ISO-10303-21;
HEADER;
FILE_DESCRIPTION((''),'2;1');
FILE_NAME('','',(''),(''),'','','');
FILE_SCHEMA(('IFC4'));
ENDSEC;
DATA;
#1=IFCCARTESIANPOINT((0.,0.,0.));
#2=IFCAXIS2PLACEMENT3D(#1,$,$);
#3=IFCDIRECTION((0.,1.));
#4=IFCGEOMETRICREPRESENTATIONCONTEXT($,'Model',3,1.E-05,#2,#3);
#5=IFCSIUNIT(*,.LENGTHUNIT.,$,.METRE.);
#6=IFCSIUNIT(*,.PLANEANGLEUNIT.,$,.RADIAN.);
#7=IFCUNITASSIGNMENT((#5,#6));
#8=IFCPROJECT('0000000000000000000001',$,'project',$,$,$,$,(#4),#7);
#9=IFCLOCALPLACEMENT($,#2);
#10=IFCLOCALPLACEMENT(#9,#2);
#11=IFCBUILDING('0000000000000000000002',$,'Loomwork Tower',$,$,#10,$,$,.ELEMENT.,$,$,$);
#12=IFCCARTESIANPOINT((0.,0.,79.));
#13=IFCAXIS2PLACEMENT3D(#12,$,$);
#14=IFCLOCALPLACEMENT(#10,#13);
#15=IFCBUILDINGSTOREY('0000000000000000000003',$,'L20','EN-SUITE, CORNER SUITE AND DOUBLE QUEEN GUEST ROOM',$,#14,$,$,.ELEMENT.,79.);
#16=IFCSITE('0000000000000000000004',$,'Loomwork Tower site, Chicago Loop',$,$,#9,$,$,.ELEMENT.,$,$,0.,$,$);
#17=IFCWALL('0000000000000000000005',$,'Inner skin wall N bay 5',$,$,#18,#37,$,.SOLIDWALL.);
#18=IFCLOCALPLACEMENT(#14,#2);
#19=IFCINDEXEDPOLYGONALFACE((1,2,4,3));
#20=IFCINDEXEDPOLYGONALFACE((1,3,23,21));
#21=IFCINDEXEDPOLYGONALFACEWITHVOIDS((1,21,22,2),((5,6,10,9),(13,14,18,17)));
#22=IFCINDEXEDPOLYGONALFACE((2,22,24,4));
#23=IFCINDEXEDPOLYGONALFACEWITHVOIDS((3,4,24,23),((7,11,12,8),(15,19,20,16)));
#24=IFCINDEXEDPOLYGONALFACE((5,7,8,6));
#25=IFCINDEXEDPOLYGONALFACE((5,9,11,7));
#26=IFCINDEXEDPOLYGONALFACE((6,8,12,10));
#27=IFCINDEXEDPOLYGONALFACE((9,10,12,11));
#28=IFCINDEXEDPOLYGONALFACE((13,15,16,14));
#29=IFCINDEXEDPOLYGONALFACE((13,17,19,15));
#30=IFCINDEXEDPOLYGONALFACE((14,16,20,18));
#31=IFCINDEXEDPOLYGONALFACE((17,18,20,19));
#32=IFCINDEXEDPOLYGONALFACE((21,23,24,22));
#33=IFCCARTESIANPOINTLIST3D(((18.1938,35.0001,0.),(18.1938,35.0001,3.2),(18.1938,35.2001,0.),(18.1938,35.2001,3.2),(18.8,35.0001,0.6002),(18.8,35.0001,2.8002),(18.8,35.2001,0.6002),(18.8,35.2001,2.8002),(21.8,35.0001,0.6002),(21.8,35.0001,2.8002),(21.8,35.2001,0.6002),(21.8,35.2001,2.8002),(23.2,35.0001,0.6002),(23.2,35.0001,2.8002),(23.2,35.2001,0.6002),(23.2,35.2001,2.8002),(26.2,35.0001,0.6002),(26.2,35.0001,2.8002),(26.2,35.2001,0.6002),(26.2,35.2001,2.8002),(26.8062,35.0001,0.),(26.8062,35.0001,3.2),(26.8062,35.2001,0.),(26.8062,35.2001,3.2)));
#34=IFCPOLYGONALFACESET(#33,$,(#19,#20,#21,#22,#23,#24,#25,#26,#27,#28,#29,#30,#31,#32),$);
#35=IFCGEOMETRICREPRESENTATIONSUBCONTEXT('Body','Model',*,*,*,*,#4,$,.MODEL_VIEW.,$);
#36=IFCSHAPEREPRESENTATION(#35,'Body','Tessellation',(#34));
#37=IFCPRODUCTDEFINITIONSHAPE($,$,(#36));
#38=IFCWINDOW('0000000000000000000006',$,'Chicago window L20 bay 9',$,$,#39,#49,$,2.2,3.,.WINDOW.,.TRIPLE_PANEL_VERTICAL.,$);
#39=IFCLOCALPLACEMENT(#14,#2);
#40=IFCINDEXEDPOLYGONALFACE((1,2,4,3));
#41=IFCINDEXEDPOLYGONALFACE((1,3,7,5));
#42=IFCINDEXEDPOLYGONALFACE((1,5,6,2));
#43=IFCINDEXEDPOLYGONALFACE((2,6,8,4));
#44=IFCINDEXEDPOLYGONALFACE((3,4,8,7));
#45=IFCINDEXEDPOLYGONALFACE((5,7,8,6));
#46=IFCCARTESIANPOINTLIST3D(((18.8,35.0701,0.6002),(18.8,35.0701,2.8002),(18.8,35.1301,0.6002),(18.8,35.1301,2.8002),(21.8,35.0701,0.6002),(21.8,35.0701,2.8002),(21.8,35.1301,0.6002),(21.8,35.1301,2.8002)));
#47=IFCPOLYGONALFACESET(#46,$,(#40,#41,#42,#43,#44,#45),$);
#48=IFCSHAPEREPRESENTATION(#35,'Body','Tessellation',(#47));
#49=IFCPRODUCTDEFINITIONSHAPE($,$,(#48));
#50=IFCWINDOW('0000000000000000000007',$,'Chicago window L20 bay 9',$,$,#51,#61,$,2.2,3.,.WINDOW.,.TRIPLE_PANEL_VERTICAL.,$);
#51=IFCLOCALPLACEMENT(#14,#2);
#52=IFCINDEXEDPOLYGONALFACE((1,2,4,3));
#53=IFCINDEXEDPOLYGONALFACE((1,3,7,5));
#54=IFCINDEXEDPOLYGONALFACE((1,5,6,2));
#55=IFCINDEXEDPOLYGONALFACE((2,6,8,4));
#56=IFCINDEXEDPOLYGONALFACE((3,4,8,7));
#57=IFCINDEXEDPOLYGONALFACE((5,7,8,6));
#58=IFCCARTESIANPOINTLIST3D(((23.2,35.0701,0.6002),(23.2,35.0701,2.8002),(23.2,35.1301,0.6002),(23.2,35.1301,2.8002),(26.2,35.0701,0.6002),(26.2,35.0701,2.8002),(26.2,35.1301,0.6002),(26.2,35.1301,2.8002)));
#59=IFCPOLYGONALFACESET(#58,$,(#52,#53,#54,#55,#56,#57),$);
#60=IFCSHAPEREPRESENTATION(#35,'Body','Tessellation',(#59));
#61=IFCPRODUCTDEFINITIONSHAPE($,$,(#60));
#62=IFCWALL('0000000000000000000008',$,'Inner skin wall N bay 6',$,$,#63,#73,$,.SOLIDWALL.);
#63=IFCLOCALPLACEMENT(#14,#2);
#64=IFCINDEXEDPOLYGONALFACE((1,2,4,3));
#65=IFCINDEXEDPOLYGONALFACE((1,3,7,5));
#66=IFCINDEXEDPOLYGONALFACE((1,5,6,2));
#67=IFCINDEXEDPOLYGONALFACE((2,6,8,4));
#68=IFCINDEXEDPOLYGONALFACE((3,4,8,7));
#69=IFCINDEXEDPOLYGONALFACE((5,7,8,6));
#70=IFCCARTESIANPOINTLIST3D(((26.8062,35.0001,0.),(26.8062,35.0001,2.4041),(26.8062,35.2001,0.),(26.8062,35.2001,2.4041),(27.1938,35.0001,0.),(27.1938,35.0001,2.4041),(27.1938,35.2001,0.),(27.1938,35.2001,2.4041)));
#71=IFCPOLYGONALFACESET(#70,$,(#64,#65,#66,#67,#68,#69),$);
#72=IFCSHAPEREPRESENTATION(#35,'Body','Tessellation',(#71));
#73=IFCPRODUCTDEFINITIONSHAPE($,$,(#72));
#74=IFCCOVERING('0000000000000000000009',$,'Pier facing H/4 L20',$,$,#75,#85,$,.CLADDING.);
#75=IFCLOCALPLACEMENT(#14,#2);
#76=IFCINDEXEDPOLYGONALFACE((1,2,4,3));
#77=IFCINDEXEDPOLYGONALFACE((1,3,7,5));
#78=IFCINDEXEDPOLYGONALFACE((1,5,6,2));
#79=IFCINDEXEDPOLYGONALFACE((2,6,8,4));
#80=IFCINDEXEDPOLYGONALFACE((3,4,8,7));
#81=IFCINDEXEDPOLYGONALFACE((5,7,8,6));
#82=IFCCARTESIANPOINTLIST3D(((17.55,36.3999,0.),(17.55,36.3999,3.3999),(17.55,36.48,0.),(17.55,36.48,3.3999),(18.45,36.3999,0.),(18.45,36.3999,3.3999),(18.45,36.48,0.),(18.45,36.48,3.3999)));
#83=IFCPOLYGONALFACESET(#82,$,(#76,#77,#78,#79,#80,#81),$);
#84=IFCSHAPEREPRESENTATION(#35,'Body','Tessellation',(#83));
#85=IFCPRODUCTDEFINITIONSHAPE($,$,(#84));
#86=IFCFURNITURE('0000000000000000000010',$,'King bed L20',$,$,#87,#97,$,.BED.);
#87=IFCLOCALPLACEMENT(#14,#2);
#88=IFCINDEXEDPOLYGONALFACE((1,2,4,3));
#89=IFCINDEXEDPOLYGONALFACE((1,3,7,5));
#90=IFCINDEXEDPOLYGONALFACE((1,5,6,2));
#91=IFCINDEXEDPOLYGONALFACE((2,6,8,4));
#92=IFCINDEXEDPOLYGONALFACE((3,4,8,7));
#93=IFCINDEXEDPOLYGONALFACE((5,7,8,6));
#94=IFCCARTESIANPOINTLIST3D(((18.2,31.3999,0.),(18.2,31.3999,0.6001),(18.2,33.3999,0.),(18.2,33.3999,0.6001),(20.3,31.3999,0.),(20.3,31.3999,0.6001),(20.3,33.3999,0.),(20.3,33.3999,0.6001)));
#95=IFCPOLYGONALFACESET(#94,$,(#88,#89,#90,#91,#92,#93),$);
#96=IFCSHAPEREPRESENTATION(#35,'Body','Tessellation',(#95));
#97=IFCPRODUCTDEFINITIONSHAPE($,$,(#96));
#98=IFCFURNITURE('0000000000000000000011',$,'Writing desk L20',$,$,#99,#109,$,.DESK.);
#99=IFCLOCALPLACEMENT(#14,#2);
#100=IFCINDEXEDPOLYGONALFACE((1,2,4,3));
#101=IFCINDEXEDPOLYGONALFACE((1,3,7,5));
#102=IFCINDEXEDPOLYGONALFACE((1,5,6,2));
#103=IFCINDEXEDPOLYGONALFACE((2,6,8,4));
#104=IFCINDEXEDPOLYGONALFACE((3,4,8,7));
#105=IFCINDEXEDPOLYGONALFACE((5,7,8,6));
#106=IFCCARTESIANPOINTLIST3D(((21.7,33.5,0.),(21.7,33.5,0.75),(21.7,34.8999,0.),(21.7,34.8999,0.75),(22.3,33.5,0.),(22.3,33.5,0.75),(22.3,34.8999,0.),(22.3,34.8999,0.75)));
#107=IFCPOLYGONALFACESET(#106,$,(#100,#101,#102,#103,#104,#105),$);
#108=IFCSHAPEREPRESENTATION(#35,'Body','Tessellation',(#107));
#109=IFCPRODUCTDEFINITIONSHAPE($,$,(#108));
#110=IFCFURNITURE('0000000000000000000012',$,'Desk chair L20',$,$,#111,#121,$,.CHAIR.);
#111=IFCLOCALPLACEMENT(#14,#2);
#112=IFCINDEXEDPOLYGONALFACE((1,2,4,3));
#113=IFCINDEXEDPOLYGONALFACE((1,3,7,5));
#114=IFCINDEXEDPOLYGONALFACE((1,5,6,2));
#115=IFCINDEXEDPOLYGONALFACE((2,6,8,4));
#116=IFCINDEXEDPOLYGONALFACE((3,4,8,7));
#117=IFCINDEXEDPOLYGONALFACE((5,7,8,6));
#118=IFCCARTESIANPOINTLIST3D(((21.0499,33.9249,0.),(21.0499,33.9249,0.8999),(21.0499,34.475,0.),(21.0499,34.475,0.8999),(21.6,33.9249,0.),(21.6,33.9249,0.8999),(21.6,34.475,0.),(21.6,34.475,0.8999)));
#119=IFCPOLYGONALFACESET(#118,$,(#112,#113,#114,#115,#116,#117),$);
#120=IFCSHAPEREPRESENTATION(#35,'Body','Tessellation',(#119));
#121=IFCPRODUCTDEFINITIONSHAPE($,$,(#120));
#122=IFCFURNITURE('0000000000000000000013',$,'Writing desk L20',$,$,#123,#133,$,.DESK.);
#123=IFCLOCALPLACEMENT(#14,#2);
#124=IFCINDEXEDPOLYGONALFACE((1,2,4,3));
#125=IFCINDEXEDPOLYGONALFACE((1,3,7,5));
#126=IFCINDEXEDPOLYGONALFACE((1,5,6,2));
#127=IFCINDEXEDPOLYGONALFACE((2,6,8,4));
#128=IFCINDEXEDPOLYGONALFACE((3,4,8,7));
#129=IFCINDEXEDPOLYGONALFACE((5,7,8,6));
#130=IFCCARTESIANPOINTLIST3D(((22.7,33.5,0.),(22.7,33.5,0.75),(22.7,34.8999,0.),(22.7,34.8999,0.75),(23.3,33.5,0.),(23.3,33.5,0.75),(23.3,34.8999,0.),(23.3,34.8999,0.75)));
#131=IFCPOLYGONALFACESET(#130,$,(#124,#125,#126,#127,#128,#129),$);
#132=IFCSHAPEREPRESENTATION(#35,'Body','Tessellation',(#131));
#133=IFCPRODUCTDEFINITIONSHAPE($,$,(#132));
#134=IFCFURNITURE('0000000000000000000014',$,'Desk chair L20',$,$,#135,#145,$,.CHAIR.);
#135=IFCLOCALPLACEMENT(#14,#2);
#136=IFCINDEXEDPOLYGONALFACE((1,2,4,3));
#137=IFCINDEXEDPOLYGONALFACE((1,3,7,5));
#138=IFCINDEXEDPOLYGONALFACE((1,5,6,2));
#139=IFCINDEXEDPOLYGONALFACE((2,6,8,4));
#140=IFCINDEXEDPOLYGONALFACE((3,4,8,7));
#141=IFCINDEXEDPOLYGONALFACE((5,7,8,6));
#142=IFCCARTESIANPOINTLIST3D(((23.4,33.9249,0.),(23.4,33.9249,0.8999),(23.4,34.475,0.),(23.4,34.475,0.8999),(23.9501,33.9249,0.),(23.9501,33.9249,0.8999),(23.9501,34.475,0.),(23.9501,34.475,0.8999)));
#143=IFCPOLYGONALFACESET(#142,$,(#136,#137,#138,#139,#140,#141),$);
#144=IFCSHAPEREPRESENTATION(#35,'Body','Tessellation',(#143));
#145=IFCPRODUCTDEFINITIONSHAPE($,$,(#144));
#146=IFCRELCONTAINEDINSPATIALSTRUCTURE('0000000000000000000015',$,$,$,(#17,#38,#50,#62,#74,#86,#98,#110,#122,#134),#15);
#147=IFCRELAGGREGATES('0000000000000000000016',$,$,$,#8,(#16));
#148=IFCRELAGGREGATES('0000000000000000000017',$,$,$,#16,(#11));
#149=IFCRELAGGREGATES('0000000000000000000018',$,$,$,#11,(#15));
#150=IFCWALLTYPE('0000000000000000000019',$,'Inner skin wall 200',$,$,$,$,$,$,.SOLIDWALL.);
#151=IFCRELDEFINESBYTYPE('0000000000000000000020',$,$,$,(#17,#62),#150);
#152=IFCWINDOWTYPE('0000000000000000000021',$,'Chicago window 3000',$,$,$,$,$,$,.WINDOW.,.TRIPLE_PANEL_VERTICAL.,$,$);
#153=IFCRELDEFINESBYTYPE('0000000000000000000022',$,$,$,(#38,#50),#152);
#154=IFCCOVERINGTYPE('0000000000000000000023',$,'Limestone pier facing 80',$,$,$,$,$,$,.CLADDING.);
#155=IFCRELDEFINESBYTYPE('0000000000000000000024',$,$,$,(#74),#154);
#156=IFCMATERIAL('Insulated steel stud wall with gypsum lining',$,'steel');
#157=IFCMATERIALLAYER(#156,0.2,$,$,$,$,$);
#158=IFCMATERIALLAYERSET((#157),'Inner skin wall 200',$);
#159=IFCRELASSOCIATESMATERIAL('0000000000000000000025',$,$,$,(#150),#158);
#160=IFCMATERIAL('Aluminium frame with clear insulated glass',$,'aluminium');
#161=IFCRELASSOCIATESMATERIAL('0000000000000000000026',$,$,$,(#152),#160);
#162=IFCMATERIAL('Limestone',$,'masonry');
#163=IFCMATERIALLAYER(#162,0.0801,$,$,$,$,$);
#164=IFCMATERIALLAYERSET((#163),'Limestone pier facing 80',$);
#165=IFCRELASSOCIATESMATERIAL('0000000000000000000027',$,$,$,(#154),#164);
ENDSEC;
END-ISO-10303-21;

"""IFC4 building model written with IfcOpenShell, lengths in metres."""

from ifc_helpers import new_model, si_unit, direction, frame, frame_2d, origin, origin_2d, place, context, subcontext, project, spatial, rectangle, extrude, material, layer, layer_set, type_object, element, fill, save


model = new_model("IFC4")

# Units and contexts
model_context = context("Model", 3, precision=1e-05, world=origin(), true_north=direction((0.0, 1.0)))
body_context = subcontext(model_context, "Body", "Model", "MODEL_VIEW")
ifc_project = project(units=[si_unit("LENGTHUNIT", "METRE"), si_unit("PLANEANGLEUNIT", "RADIAN")], contexts=[model_context])

# Site, building, storey
site_placement = place(None, origin())
site = spatial("IfcSite", under=ifc_project, at=site_placement, Name="Loomwork Tower site, Chicago Loop", CompositionType="ELEMENT", RefElevation=0.0)
building_placement = place(site_placement, origin())
building = spatial("IfcBuilding", under=site, at=building_placement, Name="Loomwork Tower", CompositionType="ELEMENT")
storey_placement = place(building_placement, frame((0.0, 0.0, 79.0)))
storey = spatial("IfcBuildingStorey", under=building, at=storey_placement, Name="L20", Description="EN-SUITE, CORNER SUITE AND DOUBLE QUEEN GUEST ROOM", CompositionType="ELEMENT", Elevation=79.0)

# Shared definitions
ifc_material_1 = material(Name="Insulated steel stud wall with gypsum lining", Category="steel")
ifc_layer_1 = layer(ifc_material_1, 0.2)
ifc_layer_set_1 = layer_set([ifc_layer_1], Name="Inner skin wall 200")
wall_type = type_object("IfcWallType", Name="Inner skin wall 200", PredefinedType="SOLIDWALL", material=ifc_layer_set_1)

# Wall, openings, windows
wall_1_placement = place(storey_placement, frame((18.1938, 35.1001, 0.0), z_axis=(0.0, 0.0, 1.0), x_axis=(1.0, 0.0, 0.0)))
wall_1 = element("IfcWall", 1, at=wall_1_placement, inside=storey, type_object=wall_type, Name="Inner skin wall N bay 5", PredefinedType="SOLIDWALL", context=body_context, shape_type="SweptSolid", body=[
    extrude(rectangle(XDim=8.6123, YDim=0.2, at=frame_2d((4.3062, 0.0))), origin(), (0.0, 0.0, 1.0), 3.2),
])
opening_1_placement = place(wall_1_placement, frame((0.6062, 0.0, 0.6001)))
opening_1 = element("IfcOpeningElement", 2, at=opening_1_placement, cuts=wall_1, PredefinedType="OPENING", context=body_context, shape_type="SweptSolid", body=[
    extrude(rectangle(XDim=3.0, YDim=2.2, at=frame_2d((1.5, 1.1001))), frame((0.0, 0.1099, 0.0), z_axis=(0.0, -1.0, 0.0), x_axis=(1.0, 0.0, 0.0)), (0.0, 0.0, 1.0), 0.22),
])
opening_2_placement = place(wall_1_placement, frame((5.0061, 0.0, 0.6001)))
opening_2 = element("IfcOpeningElement", 3, at=opening_2_placement, cuts=wall_1, PredefinedType="OPENING", context=body_context, shape_type="SweptSolid", body=[
    extrude(rectangle(XDim=3.0, YDim=2.2, at=frame_2d((1.5, 1.1001))), frame((0.0, 0.1099, 0.0), z_axis=(0.0, -1.0, 0.0), x_axis=(1.0, 0.0, 0.0)), (0.0, 0.0, 1.0), 0.22),
])
ifc_material_2 = material(Name="Aluminium frame with clear insulated glass", Category="aluminium")
window_type = type_object("IfcWindowType", Name="Chicago window 3000", PartitioningType="TRIPLE_PANEL_VERTICAL", PredefinedType="WINDOW", material=ifc_material_2)
window_1_placement = place(opening_1_placement, origin())
window_1 = element("IfcWindow", 4, at=window_1_placement, inside=storey, type_object=window_type, Name="Chicago window L20 bay 9", OverallHeight=2.2, OverallWidth=3.0, PartitioningType="TRIPLE_PANEL_VERTICAL", PredefinedType="WINDOW", context=body_context, shape_type="SweptSolid", body=[
    extrude(rectangle(XDim=3.0, YDim=2.2, at=frame_2d((1.5, 1.1001))), frame((0.0, 0.03, 0.0), z_axis=(0.0, -1.0, 0.0), x_axis=(1.0, 0.0, 0.0)), (0.0, 0.0, 1.0), 0.0601),
])
fill(opening_1, window_1)
window_2_placement = place(opening_2_placement, origin())
window_2 = element("IfcWindow", 5, at=window_2_placement, inside=storey, type_object=window_type, Name="Chicago window L20 bay 9", OverallHeight=2.2, OverallWidth=3.0, PartitioningType="TRIPLE_PANEL_VERTICAL", PredefinedType="WINDOW", context=body_context, shape_type="SweptSolid", body=[
    extrude(rectangle(XDim=3.0, YDim=2.2, at=frame_2d((1.5, 1.1001))), frame((0.0, 0.03, 0.0), z_axis=(0.0, -1.0, 0.0), x_axis=(1.0, 0.0, 0.0)), (0.0, 0.0, 1.0), 0.0601),
])
fill(opening_2, window_2)

# Wall
wall_2_placement = place(storey_placement, frame((26.8062, 35.1001, 0.0), z_axis=(0.0, 0.0, 1.0), x_axis=(1.0, 0.0, 0.0)))
element("IfcWall", 6, at=wall_2_placement, inside=storey, type_object=wall_type, Name="Inner skin wall N bay 6", PredefinedType="SOLIDWALL", context=body_context, shape_type="SweptSolid", body=[
    extrude(rectangle(XDim=0.3877, YDim=0.2, at=frame_2d((0.1938, 0.0))), origin(), (0.0, 0.0, 1.0), 2.4041),
])

# Covering
ifc_material_3 = material(Name="Limestone", Category="masonry")
ifc_layer_2 = layer(ifc_material_3, 0.0801)
ifc_layer_set_2 = layer_set([ifc_layer_2], Name="Limestone pier facing 80")
covering_type = type_object("IfcCoveringType", Name="Limestone pier facing 80", PredefinedType="CLADDING", material=ifc_layer_set_2)
covering_placement = place(storey_placement, frame((18.0, 36.4399, 0.0), z_axis=(0.0, 0.0, 1.0), x_axis=(1.0, 0.0, 0.0)))
element("IfcCovering", 7, at=covering_placement, inside=storey, type_object=covering_type, Name="Pier facing H/4 L20", PredefinedType="CLADDING", context=body_context, shape_type="SweptSolid", body=[
    extrude(rectangle(XDim=0.8999, YDim=0.0801, at=origin_2d()), origin(), (0.0, 0.0, 1.0), 3.3999),
])

# Furniture
furniture_1_placement = place(storey_placement, frame((19.25, 32.3999, 0.0), z_axis=(0.0, 0.0, 1.0), x_axis=(1.0, 0.0, 0.0)))
element("IfcFurniture", 8, at=furniture_1_placement, inside=storey, Name="King bed L20", PredefinedType="BED", context=body_context, shape_type="SweptSolid", body=[
    extrude(rectangle(XDim=2.1001, YDim=2.0, at=origin_2d()), origin(), (0.0, 0.0, 1.0), 0.6001),
])
furniture_2_placement = place(storey_placement, frame((22.0, 34.2, 0.0), z_axis=(0.0, 0.0, 1.0), x_axis=(1.0, 0.0, 0.0)))
element("IfcFurniture", 9, at=furniture_2_placement, inside=storey, Name="Writing desk L20", PredefinedType="DESK", context=body_context, shape_type="SweptSolid", body=[
    extrude(rectangle(XDim=0.6001, YDim=1.3999, at=origin_2d()), origin(), (0.0, 0.0, 1.0), 0.75),
])
furniture_3_placement = place(storey_placement, frame((21.325, 34.2, 0.0), z_axis=(0.0, 0.0, 1.0), x_axis=(1.0, 0.0, 0.0)))
element("IfcFurniture", 10, at=furniture_3_placement, inside=storey, Name="Desk chair L20", PredefinedType="CHAIR", context=body_context, shape_type="SweptSolid", body=[
    extrude(rectangle(XDim=0.55, YDim=0.55, at=origin_2d()), origin(), (0.0, 0.0, 1.0), 0.8999),
])
furniture_4_placement = place(storey_placement, frame((23.0, 34.2, 0.0), z_axis=(0.0, 0.0, 1.0), x_axis=(1.0, 0.0, 0.0)))
element("IfcFurniture", 11, at=furniture_4_placement, inside=storey, Name="Writing desk L20", PredefinedType="DESK", context=body_context, shape_type="SweptSolid", body=[
    extrude(rectangle(XDim=0.6001, YDim=1.3999, at=origin_2d()), origin(), (0.0, 0.0, 1.0), 0.75),
])
furniture_5_placement = place(storey_placement, frame((23.675, 34.2, 0.0), z_axis=(0.0, 0.0, 1.0), x_axis=(1.0, 0.0, 0.0)))
element("IfcFurniture", 12, at=furniture_5_placement, inside=storey, Name="Desk chair L20", PredefinedType="CHAIR", context=body_context, shape_type="SweptSolid", body=[
    extrude(rectangle(XDim=0.55, YDim=0.55, at=origin_2d()), origin(), (0.0, 0.0, 1.0), 0.8999),
])

save(model, "model.ifc")
